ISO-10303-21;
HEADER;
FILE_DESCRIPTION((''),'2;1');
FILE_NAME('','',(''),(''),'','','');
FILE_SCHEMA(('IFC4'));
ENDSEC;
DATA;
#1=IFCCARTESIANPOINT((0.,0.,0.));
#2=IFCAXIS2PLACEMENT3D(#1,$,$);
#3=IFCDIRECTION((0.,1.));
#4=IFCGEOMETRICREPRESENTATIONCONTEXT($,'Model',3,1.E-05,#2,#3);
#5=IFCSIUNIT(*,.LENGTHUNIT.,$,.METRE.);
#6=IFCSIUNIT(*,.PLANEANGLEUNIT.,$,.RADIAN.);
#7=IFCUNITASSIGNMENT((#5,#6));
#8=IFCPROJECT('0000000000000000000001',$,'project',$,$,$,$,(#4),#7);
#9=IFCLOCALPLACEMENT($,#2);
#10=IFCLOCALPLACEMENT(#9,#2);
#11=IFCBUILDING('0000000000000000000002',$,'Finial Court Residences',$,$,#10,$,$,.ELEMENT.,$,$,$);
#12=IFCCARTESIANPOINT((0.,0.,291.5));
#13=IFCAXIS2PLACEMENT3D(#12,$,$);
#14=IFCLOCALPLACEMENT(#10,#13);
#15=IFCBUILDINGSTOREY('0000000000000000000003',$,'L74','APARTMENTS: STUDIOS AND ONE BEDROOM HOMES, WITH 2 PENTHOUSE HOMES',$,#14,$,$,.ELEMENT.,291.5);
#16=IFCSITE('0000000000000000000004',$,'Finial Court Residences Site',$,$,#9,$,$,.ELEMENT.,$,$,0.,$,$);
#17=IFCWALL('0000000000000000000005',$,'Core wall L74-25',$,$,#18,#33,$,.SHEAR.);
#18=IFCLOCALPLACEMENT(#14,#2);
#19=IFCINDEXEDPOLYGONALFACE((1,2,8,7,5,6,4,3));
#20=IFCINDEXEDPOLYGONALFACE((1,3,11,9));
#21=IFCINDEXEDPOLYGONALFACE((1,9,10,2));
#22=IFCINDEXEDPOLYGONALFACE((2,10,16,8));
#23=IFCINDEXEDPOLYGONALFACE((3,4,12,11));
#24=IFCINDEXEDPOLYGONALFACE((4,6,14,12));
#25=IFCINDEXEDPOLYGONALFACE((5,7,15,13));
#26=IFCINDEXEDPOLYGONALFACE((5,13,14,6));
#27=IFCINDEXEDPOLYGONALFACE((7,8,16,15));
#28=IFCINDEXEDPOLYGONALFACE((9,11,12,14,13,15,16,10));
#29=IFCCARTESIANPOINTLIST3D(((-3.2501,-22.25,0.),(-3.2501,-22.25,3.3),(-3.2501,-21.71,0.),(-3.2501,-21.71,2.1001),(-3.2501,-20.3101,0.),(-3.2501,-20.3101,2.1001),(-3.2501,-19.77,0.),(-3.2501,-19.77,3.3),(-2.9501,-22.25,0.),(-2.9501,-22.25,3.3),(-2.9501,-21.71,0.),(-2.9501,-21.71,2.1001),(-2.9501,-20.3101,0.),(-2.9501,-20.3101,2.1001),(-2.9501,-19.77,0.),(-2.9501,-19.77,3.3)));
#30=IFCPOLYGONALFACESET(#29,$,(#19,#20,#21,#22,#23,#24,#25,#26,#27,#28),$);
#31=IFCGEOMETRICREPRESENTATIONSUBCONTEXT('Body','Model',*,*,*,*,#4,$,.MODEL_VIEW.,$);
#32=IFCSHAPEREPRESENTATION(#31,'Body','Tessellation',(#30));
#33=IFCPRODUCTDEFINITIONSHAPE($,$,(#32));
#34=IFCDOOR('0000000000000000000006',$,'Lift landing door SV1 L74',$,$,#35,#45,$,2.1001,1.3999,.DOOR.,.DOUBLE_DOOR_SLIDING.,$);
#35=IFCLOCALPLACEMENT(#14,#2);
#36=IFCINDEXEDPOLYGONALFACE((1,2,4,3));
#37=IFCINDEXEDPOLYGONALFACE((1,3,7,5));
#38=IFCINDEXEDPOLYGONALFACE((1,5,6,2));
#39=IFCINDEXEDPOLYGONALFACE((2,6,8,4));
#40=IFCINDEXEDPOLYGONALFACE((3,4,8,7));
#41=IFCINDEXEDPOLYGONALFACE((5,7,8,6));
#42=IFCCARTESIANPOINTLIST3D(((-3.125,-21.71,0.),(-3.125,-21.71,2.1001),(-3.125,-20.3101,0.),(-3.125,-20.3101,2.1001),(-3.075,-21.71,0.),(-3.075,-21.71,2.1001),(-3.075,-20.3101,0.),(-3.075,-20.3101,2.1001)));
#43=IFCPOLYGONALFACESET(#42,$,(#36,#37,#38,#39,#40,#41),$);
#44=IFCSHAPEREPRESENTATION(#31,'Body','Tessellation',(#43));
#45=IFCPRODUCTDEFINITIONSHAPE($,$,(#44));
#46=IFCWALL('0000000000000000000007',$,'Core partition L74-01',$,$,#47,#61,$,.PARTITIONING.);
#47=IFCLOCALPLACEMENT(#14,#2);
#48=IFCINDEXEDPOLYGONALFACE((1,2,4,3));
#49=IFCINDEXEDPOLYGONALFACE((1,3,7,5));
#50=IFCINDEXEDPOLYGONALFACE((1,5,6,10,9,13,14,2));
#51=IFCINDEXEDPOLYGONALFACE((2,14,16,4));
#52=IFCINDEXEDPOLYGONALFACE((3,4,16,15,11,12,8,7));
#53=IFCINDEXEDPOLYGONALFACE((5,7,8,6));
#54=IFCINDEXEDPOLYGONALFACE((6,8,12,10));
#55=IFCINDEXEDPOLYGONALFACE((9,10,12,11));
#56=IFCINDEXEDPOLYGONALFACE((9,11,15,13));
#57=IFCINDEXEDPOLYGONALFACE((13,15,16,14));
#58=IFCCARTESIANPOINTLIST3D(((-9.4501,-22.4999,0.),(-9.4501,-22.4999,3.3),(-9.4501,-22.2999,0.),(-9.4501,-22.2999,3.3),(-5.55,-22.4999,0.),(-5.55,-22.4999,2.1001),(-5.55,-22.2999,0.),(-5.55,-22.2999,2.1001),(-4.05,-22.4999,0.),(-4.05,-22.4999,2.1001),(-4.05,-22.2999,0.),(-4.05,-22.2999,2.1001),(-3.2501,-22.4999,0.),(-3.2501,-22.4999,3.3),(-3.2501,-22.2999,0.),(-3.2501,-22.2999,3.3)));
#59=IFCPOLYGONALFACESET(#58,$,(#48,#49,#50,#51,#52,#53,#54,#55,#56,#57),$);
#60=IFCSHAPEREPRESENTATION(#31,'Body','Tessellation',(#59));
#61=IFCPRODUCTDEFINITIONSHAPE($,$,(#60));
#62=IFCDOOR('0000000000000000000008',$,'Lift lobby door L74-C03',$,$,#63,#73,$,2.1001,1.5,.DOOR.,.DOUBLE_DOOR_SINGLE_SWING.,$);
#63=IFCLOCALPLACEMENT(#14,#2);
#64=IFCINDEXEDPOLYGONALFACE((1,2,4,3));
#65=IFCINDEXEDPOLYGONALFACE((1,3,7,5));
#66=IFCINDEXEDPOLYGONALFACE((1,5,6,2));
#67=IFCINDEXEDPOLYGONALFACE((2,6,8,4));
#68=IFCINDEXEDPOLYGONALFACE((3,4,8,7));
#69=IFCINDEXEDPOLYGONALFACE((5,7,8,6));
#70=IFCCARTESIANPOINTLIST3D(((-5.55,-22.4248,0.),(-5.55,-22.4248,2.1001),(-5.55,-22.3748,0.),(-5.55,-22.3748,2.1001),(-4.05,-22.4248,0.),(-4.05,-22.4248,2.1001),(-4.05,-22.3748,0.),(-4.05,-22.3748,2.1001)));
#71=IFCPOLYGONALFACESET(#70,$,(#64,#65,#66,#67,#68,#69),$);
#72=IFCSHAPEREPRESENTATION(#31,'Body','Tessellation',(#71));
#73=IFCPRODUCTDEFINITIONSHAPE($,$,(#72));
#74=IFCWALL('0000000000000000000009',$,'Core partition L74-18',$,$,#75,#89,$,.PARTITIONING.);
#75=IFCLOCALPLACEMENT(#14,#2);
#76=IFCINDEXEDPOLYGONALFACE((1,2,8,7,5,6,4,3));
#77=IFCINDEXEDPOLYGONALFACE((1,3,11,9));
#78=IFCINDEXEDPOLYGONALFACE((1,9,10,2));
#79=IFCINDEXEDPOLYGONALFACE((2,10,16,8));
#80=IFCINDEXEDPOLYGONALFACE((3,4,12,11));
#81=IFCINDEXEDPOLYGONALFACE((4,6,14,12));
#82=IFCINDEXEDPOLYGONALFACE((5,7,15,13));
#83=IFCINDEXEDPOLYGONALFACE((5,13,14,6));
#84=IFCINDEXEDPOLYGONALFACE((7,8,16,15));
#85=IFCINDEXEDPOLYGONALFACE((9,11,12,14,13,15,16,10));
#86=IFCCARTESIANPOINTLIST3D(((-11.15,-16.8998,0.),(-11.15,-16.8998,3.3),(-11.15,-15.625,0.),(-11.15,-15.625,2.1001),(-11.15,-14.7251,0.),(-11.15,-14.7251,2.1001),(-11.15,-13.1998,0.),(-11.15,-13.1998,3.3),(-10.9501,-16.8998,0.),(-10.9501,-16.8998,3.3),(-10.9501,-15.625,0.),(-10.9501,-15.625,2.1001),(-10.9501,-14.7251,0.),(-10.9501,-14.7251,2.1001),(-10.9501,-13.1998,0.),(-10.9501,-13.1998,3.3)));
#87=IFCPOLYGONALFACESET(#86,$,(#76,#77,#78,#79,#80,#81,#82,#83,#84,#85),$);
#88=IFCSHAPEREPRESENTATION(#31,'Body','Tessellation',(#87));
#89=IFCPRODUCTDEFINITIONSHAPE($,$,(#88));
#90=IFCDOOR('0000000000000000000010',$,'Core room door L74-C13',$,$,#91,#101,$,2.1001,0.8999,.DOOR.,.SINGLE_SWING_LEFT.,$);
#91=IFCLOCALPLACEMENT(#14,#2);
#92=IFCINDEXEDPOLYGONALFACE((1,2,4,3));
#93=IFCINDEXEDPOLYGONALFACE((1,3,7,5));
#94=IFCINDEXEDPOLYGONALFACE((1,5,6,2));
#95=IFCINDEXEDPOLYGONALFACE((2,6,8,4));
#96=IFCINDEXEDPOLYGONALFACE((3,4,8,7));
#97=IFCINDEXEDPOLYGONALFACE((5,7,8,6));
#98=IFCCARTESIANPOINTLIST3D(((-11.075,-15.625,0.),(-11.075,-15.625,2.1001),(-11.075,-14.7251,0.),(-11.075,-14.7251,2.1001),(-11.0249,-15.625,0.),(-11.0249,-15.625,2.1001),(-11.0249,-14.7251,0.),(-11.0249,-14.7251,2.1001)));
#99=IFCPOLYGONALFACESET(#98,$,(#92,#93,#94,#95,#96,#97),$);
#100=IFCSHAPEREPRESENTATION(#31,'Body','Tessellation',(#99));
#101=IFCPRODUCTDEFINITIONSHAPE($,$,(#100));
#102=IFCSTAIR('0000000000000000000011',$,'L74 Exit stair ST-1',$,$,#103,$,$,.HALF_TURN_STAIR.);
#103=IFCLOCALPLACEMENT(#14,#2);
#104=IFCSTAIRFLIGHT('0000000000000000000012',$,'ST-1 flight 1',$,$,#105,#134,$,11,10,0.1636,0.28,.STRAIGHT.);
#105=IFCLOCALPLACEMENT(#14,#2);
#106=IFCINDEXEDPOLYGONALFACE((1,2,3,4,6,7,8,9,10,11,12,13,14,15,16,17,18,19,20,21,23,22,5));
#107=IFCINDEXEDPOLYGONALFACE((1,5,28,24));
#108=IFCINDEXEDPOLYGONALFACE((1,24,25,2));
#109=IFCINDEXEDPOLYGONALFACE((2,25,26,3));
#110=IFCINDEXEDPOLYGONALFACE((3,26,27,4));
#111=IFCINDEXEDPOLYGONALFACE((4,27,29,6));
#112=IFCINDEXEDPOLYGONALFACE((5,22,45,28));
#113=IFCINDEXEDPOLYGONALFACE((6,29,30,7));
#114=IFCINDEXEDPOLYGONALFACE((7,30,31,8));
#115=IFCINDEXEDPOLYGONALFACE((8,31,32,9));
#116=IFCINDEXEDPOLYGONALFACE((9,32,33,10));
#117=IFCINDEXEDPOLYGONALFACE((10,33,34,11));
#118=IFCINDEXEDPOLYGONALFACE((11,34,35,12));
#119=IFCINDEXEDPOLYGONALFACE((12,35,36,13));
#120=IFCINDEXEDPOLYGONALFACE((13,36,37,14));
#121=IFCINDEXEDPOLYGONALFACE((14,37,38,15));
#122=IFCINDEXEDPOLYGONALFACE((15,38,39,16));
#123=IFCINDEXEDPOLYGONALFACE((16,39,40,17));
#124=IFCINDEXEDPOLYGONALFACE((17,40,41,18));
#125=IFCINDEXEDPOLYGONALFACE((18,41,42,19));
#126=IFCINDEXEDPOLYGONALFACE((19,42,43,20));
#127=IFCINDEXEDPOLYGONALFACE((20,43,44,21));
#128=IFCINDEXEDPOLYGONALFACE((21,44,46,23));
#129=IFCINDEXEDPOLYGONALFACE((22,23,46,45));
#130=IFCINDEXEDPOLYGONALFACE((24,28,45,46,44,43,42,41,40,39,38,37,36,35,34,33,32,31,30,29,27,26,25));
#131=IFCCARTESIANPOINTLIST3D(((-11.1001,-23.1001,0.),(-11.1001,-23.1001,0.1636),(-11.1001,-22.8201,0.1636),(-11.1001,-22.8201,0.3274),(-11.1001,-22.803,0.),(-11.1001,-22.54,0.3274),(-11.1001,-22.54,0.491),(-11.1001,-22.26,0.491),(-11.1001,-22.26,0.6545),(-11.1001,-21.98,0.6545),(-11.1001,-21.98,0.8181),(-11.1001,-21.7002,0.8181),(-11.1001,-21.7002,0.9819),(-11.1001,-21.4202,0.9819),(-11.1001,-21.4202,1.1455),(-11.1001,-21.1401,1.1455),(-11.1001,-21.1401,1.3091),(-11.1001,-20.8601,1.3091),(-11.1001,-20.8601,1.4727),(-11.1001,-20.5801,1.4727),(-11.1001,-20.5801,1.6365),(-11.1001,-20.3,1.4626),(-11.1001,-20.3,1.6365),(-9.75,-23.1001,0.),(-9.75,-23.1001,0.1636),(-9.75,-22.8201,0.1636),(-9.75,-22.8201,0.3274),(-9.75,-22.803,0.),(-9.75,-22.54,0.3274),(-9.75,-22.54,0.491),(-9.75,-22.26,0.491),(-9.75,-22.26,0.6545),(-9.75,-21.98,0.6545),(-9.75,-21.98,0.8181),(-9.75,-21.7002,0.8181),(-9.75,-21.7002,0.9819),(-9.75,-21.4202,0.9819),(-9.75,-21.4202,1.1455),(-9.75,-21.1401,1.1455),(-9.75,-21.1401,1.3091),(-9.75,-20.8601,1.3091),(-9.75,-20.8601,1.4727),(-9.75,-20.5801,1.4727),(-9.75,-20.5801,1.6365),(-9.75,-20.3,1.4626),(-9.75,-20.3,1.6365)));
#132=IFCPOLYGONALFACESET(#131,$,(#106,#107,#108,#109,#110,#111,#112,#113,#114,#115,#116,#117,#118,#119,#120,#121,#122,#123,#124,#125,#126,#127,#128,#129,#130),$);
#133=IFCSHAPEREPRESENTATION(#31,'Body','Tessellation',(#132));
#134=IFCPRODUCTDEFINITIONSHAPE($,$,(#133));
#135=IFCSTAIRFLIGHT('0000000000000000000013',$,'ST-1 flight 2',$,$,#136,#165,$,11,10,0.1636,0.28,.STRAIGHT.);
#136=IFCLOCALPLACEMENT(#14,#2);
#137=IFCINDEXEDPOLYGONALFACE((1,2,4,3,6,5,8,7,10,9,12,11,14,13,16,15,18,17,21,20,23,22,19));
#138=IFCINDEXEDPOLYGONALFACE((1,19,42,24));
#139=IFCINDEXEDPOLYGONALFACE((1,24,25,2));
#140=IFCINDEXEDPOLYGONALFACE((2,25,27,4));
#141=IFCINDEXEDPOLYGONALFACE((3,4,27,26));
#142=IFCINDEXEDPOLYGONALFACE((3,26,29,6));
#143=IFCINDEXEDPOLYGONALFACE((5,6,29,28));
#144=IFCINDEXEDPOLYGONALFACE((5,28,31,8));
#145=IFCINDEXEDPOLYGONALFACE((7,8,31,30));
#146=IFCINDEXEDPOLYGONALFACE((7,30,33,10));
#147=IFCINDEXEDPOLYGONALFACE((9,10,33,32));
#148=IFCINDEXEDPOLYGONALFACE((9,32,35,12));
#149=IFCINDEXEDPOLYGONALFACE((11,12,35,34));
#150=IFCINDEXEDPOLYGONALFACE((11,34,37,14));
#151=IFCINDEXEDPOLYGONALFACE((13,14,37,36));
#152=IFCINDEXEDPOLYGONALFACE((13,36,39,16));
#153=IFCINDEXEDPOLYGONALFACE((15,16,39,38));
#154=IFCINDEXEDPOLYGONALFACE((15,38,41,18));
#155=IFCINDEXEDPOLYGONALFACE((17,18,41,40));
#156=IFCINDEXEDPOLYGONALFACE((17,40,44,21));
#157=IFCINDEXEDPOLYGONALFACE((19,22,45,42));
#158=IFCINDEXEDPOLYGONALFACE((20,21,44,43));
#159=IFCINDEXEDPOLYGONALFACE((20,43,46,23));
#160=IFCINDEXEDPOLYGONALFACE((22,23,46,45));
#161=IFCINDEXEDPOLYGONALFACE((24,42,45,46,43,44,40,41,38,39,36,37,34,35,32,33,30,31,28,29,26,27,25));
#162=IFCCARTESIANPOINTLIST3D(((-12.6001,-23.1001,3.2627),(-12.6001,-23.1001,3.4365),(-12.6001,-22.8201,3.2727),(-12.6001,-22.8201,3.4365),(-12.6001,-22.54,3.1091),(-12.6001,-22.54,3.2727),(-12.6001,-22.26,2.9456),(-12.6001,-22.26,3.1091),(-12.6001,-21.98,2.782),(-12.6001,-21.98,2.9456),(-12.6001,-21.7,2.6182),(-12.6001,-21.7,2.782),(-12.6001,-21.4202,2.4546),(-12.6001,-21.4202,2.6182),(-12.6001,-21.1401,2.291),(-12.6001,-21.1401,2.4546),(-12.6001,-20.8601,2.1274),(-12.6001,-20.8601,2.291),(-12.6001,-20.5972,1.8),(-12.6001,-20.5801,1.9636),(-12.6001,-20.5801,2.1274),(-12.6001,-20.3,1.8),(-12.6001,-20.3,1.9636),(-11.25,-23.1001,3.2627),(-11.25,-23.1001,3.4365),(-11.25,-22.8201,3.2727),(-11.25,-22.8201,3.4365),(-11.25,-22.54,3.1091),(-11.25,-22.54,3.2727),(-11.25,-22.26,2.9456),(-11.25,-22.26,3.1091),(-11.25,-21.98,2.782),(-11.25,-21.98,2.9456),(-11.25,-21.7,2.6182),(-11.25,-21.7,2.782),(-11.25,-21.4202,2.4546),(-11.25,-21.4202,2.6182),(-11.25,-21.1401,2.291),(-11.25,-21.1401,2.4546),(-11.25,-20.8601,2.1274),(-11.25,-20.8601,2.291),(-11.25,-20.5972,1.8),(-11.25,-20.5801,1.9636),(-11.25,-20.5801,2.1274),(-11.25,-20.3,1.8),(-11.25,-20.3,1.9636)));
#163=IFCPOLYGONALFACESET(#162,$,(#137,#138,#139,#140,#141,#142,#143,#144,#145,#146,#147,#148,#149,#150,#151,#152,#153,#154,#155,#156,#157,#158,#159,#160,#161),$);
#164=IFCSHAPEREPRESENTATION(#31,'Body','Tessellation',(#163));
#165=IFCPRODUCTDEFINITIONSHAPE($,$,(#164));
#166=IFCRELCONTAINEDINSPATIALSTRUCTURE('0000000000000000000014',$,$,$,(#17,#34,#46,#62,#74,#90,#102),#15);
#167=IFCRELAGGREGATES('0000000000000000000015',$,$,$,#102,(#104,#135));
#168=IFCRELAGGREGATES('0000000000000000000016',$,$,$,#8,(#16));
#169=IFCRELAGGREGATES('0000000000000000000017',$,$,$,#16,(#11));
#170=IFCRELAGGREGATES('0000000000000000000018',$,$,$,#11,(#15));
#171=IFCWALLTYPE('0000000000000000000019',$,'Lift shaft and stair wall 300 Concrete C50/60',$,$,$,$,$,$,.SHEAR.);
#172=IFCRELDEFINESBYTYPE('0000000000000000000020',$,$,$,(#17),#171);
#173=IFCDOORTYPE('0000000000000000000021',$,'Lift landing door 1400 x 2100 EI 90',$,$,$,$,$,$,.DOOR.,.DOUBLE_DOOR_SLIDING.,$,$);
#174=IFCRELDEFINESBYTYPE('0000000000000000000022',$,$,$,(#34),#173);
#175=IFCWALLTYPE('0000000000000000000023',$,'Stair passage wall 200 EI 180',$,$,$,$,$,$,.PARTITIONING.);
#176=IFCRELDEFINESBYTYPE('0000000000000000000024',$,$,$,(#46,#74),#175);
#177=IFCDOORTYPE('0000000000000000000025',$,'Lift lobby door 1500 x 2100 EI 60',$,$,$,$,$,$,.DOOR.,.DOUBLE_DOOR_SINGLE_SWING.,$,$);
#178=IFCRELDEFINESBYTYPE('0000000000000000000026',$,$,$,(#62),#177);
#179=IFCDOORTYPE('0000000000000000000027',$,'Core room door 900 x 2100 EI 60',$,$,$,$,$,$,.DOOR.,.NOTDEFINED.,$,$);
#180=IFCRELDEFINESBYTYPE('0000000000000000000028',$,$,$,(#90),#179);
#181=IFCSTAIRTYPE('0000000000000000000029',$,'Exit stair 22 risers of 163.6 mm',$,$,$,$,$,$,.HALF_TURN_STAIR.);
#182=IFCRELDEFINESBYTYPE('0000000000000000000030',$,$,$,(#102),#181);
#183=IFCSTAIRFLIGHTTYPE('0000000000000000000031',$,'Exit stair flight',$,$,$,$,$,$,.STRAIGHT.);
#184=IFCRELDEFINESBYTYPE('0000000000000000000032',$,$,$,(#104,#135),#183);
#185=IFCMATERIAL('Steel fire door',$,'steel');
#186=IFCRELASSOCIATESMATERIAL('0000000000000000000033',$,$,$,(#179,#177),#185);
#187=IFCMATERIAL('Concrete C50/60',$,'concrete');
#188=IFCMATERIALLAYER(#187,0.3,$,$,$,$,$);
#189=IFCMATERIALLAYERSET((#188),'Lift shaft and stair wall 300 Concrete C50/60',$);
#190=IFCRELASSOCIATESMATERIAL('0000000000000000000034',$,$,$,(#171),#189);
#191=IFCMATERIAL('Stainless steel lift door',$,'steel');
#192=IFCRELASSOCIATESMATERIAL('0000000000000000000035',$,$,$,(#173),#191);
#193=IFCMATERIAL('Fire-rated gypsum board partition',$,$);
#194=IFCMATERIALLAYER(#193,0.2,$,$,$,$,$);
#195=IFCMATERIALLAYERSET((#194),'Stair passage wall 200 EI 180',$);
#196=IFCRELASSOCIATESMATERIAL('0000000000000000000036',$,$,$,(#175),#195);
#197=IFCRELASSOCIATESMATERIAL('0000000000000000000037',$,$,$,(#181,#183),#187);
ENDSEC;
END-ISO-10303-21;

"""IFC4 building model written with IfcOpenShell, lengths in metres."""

from ifc_helpers import new_model, si_unit, direction, frame, frame_2d, origin, place, context, subcontext, project, spatial, polyline, rectangle, outline, extrude, material, layer, layer_set, type_object, element, fill, aggregate, save


model = new_model("IFC4")

# Units and contexts
model_context = context("Model", 3, precision=1e-05, world=origin(), true_north=direction((0.0, 1.0)))
body_context = subcontext(model_context, "Body", "Model", "MODEL_VIEW")
ifc_project = project(units=[si_unit("LENGTHUNIT", "METRE"), si_unit("PLANEANGLEUNIT", "RADIAN")], contexts=[model_context])

# Site, building, storey
site_placement = place(None, origin())
site = spatial("IfcSite", under=ifc_project, at=site_placement, Name="Finial Court Residences Site", CompositionType="ELEMENT", RefElevation=0.0)
building_placement = place(site_placement, origin())
building = spatial("IfcBuilding", under=site, at=building_placement, Name="Finial Court Residences", CompositionType="ELEMENT")
storey_placement = place(building_placement, frame((0.0, 0.0, 291.5)))
storey = spatial("IfcBuildingStorey", under=building, at=storey_placement, Name="L74", Description="APARTMENTS: STUDIOS AND ONE BEDROOM HOMES, WITH 2 PENTHOUSE HOMES", CompositionType="ELEMENT", Elevation=291.5)

# Shared definitions
ifc_material_1 = material(Name="Concrete C50/60", Category="concrete")

# Shared definitions
ifc_material_2 = material(Name="Fire-rated gypsum board partition")
ifc_material_3 = material(Name="Steel fire door", Category="steel")
door_type_1 = type_object("IfcDoorType", Name="Core room door 900 x 2100 EI 60", OperationType="NOTDEFINED", PredefinedType="DOOR", material=ifc_material_3)

# Shared definitions
ifc_layer_1 = layer(ifc_material_1, 0.3)
ifc_layer_set_1 = layer_set([ifc_layer_1], Name="Lift shaft and stair wall 300 Concrete C50/60")
wall_type_1 = type_object("IfcWallType", Name="Lift shaft and stair wall 300 Concrete C50/60", PredefinedType="SHEAR", material=ifc_layer_set_1)

# Walls, openings, doors
wall_1_placement = place(storey_placement, frame((-3.1001, -22.25, 0.0), z_axis=(0.0, 0.0, 1.0), x_axis=(0.0, 1.0, 0.0)))
wall_1 = element("IfcWall", 1, at=wall_1_placement, inside=storey, type_object=wall_type_1, Name="Core wall L74-25", PredefinedType="SHEAR", context=body_context, shape_type="SweptSolid", body=[
    extrude(rectangle(XDim=2.48, YDim=0.3, at=frame_2d((1.24, 0.0))), origin(), (0.0, 0.0, 1.0), 3.3),
])
opening_1_placement = place(wall_1_placement, frame((0.54, 0.0, 0.0)))
opening_1 = element("IfcOpeningElement", 2, at=opening_1_placement, cuts=wall_1, PredefinedType="OPENING", context=body_context, shape_type="SweptSolid", body=[
    extrude(rectangle(XDim=1.3999, YDim=2.1001, at=frame_2d((0.7, 1.05))), frame((0.0, 0.1599, 0.0), z_axis=(0.0, -1.0, 0.0), x_axis=(1.0, 0.0, 0.0)), (0.0, 0.0, 1.0), 0.3201),
])
ifc_material_4 = material(Name="Stainless steel lift door", Category="steel")
door_type_2 = type_object("IfcDoorType", Name="Lift landing door 1400 x 2100 EI 90", OperationType="DOUBLE_DOOR_SLIDING", PredefinedType="DOOR", material=ifc_material_4)
door_1_placement = place(opening_1_placement, origin())
door_1 = element("IfcDoor", 3, at=door_1_placement, inside=storey, type_object=door_type_2, Name="Lift landing door SV1 L74", OperationType="DOUBLE_DOOR_SLIDING", OverallHeight=2.1001, OverallWidth=1.3999, PredefinedType="DOOR", context=body_context, shape_type="SweptSolid", body=[
    extrude(rectangle(XDim=1.3999, YDim=2.1001, at=frame_2d((0.7, 1.05))), frame((0.0, 0.0249, 0.0), z_axis=(0.0, -1.0, 0.0), x_axis=(1.0, 0.0, 0.0)), (0.0, 0.0, 1.0), 0.05),
])
fill(opening_1, door_1)
ifc_layer_2 = layer(ifc_material_2, 0.2)
ifc_layer_set_2 = layer_set([ifc_layer_2], Name="Stair passage wall 200 EI 180")
wall_type_2 = type_object("IfcWallType", Name="Stair passage wall 200 EI 180", PredefinedType="PARTITIONING", material=ifc_layer_set_2)
wall_2_placement = place(storey_placement, frame((-3.25, -22.3999, 0.0), z_axis=(0.0, 0.0, 1.0), x_axis=(-1.0, 0.0, 0.0)))
wall_2 = element("IfcWall", 4, at=wall_2_placement, inside=storey, type_object=wall_type_2, Name="Core partition L74-01", PredefinedType="PARTITIONING", context=body_context, shape_type="SweptSolid", body=[
    extrude(rectangle(XDim=6.2, YDim=0.2, at=frame_2d((3.1001, 0.0))), origin(), (0.0, 0.0, 1.0), 3.3),
])
opening_2_placement = place(wall_2_placement, frame((0.8, 0.0, 0.0)))
opening_2 = element("IfcOpeningElement", 5, at=opening_2_placement, cuts=wall_2, PredefinedType="OPENING", context=body_context, shape_type="SweptSolid", body=[
    extrude(rectangle(XDim=1.5, YDim=2.1001, at=frame_2d((0.75, 1.05))), frame((0.0, 0.1099, 0.0), z_axis=(0.0, -1.0, 0.0), x_axis=(1.0, 0.0, 0.0)), (0.0, 0.0, 1.0), 0.22),
])
door_type_3 = type_object("IfcDoorType", Name="Lift lobby door 1500 x 2100 EI 60", OperationType="DOUBLE_DOOR_SINGLE_SWING", PredefinedType="DOOR", material=ifc_material_3)
door_2_placement = place(opening_2_placement, origin())
door_2 = element("IfcDoor", 6, at=door_2_placement, inside=storey, type_object=door_type_3, Name="Lift lobby door L74-C03", OperationType="DOUBLE_DOOR_SINGLE_SWING", OverallHeight=2.1001, OverallWidth=1.5, PredefinedType="DOOR", context=body_context, shape_type="SweptSolid", body=[
    extrude(rectangle(XDim=1.5, YDim=2.1001, at=frame_2d((0.75, 1.05))), frame((0.0, 0.0249, 0.0), z_axis=(0.0, -1.0, 0.0), x_axis=(1.0, 0.0, 0.0)), (0.0, 0.0, 1.0), 0.05),
])
fill(opening_2, door_2)
wall_3_placement = place(storey_placement, frame((-11.05, -16.8999, 0.0), z_axis=(0.0, 0.0, 1.0), x_axis=(0.0, 1.0, 0.0)))
wall_3 = element("IfcWall", 7, at=wall_3_placement, inside=storey, type_object=wall_type_2, Name="Core partition L74-18", PredefinedType="PARTITIONING", context=body_context, shape_type="SweptSolid", body=[
    extrude(rectangle(XDim=3.7, YDim=0.2, at=frame_2d((1.8501, 0.0))), origin(), (0.0, 0.0, 1.0), 3.3),
])
opening_3_placement = place(wall_3_placement, frame((1.2749, 0.0, 0.0)))
opening_3 = element("IfcOpeningElement", 8, at=opening_3_placement, cuts=wall_3, PredefinedType="OPENING", context=body_context, shape_type="SweptSolid", body=[
    extrude(rectangle(XDim=0.8999, YDim=2.1001, at=frame_2d((0.45, 1.05))), frame((0.0, 0.1099, 0.0), z_axis=(0.0, -1.0, 0.0), x_axis=(1.0, 0.0, 0.0)), (0.0, 0.0, 1.0), 0.22),
])
door_3_placement = place(opening_3_placement, origin())
door_3 = element("IfcDoor", 9, at=door_3_placement, inside=storey, type_object=door_type_1, Name="Core room door L74-C13", OperationType="SINGLE_SWING_LEFT", OverallHeight=2.1001, OverallWidth=0.8999, PredefinedType="DOOR", context=body_context, shape_type="SweptSolid", body=[
    extrude(rectangle(XDim=0.8999, YDim=2.1001, at=frame_2d((0.45, 1.05))), frame((0.0, 0.0249, 0.0), z_axis=(0.0, -1.0, 0.0), x_axis=(1.0, 0.0, 0.0)), (0.0, 0.0, 1.0), 0.05),
])
fill(opening_3, door_3)

# Stair, stair flights
stair_type = type_object("IfcStairType", Name="Exit stair 22 risers of 163.6 mm", PredefinedType="HALF_TURN_STAIR", material=ifc_material_1)
stair_placement = place(storey_placement, origin())
stair = element("IfcStair", 10, at=stair_placement, inside=storey, type_object=stair_type, Name="L74 Exit stair ST-1", PredefinedType="HALF_TURN_STAIR")
stair_flight_type = type_object("IfcStairFlightType", Name="Exit stair flight", PredefinedType="STRAIGHT", material=ifc_material_1)
stair_flight_1_placement = place(storey_placement, frame((-10.425, -23.1001, 0.0), z_axis=(0.0, 0.0, 1.0), x_axis=(0.0, 1.0, 0.0)))
stair_flight_1 = element("IfcStairFlight", 11, at=stair_flight_1_placement, type_object=stair_flight_type, Name="ST-1 flight 1", NumberOfRisers=11, NumberOfTreads=10, PredefinedType="STRAIGHT", RiserHeight=0.1636, TreadLength=0.28, context=body_context, shape_type="SweptSolid", body=[
    extrude(outline(polyline([(0.0, 0.0), (0.0, 0.1636), (0.28, 0.1636), (0.28, 0.3274), (0.5601, 0.3274), (0.5601, 0.491), (0.8401, 0.491), (0.8401, 0.6545), (1.1201, 0.6545), (1.1201, 0.8181), (1.3999, 0.8181), (1.3999, 0.9819), (1.6799, 0.9819), (1.6799, 1.1455), (1.96, 1.1455), (1.96, 1.3091), (2.24, 1.3091), (2.24, 1.4727), (2.52, 1.4727), (2.52, 1.6365), (2.8, 1.6365), (2.8, 1.8), (2.8, 1.4626), (0.2971, 0.0), (0.0, 0.0)])), frame((0.0, 0.675, 0.0), z_axis=(0.0, -1.0, 0.0), x_axis=(1.0, 0.0, 0.0)), (0.0, 0.0, 1.0), 1.3501),
])
stair_flight_2_placement = place(storey_placement, frame((-11.925, -20.3, 1.8), z_axis=(0.0, 0.0, 1.0), x_axis=(0.0, -1.0, 0.0)))
stair_flight_2 = element("IfcStairFlight", 12, at=stair_flight_2_placement, type_object=stair_flight_type, Name="ST-1 flight 2", NumberOfRisers=11, NumberOfTreads=10, PredefinedType="STRAIGHT", RiserHeight=0.1636, TreadLength=0.28, context=body_context, shape_type="SweptSolid", body=[
    extrude(outline(polyline([(0.0, 0.0), (0.0, 0.1636), (0.28, 0.1636), (0.28, 0.3274), (0.5601, 0.3274), (0.5601, 0.491), (0.8401, 0.491), (0.8401, 0.6545), (1.1201, 0.6545), (1.1201, 0.8181), (1.3999, 0.8181), (1.3999, 0.9819), (1.6799, 0.9819), (1.6799, 1.1455), (1.96, 1.1455), (1.96, 1.3091), (2.24, 1.3091), (2.24, 1.4727), (2.52, 1.4727), (2.52, 1.6365), (2.8, 1.6365), (2.8, 1.8), (2.8, 1.4626), (0.2971, 0.0), (0.0, 0.0)])), frame((0.0, 0.675, 0.0), z_axis=(0.0, -1.0, 0.0), x_axis=(1.0, 0.0, 0.0)), (0.0, 0.0, 1.0), 1.3501),
])
aggregate(stair, [stair_flight_1, stair_flight_2])

save(model, "model.ifc")
